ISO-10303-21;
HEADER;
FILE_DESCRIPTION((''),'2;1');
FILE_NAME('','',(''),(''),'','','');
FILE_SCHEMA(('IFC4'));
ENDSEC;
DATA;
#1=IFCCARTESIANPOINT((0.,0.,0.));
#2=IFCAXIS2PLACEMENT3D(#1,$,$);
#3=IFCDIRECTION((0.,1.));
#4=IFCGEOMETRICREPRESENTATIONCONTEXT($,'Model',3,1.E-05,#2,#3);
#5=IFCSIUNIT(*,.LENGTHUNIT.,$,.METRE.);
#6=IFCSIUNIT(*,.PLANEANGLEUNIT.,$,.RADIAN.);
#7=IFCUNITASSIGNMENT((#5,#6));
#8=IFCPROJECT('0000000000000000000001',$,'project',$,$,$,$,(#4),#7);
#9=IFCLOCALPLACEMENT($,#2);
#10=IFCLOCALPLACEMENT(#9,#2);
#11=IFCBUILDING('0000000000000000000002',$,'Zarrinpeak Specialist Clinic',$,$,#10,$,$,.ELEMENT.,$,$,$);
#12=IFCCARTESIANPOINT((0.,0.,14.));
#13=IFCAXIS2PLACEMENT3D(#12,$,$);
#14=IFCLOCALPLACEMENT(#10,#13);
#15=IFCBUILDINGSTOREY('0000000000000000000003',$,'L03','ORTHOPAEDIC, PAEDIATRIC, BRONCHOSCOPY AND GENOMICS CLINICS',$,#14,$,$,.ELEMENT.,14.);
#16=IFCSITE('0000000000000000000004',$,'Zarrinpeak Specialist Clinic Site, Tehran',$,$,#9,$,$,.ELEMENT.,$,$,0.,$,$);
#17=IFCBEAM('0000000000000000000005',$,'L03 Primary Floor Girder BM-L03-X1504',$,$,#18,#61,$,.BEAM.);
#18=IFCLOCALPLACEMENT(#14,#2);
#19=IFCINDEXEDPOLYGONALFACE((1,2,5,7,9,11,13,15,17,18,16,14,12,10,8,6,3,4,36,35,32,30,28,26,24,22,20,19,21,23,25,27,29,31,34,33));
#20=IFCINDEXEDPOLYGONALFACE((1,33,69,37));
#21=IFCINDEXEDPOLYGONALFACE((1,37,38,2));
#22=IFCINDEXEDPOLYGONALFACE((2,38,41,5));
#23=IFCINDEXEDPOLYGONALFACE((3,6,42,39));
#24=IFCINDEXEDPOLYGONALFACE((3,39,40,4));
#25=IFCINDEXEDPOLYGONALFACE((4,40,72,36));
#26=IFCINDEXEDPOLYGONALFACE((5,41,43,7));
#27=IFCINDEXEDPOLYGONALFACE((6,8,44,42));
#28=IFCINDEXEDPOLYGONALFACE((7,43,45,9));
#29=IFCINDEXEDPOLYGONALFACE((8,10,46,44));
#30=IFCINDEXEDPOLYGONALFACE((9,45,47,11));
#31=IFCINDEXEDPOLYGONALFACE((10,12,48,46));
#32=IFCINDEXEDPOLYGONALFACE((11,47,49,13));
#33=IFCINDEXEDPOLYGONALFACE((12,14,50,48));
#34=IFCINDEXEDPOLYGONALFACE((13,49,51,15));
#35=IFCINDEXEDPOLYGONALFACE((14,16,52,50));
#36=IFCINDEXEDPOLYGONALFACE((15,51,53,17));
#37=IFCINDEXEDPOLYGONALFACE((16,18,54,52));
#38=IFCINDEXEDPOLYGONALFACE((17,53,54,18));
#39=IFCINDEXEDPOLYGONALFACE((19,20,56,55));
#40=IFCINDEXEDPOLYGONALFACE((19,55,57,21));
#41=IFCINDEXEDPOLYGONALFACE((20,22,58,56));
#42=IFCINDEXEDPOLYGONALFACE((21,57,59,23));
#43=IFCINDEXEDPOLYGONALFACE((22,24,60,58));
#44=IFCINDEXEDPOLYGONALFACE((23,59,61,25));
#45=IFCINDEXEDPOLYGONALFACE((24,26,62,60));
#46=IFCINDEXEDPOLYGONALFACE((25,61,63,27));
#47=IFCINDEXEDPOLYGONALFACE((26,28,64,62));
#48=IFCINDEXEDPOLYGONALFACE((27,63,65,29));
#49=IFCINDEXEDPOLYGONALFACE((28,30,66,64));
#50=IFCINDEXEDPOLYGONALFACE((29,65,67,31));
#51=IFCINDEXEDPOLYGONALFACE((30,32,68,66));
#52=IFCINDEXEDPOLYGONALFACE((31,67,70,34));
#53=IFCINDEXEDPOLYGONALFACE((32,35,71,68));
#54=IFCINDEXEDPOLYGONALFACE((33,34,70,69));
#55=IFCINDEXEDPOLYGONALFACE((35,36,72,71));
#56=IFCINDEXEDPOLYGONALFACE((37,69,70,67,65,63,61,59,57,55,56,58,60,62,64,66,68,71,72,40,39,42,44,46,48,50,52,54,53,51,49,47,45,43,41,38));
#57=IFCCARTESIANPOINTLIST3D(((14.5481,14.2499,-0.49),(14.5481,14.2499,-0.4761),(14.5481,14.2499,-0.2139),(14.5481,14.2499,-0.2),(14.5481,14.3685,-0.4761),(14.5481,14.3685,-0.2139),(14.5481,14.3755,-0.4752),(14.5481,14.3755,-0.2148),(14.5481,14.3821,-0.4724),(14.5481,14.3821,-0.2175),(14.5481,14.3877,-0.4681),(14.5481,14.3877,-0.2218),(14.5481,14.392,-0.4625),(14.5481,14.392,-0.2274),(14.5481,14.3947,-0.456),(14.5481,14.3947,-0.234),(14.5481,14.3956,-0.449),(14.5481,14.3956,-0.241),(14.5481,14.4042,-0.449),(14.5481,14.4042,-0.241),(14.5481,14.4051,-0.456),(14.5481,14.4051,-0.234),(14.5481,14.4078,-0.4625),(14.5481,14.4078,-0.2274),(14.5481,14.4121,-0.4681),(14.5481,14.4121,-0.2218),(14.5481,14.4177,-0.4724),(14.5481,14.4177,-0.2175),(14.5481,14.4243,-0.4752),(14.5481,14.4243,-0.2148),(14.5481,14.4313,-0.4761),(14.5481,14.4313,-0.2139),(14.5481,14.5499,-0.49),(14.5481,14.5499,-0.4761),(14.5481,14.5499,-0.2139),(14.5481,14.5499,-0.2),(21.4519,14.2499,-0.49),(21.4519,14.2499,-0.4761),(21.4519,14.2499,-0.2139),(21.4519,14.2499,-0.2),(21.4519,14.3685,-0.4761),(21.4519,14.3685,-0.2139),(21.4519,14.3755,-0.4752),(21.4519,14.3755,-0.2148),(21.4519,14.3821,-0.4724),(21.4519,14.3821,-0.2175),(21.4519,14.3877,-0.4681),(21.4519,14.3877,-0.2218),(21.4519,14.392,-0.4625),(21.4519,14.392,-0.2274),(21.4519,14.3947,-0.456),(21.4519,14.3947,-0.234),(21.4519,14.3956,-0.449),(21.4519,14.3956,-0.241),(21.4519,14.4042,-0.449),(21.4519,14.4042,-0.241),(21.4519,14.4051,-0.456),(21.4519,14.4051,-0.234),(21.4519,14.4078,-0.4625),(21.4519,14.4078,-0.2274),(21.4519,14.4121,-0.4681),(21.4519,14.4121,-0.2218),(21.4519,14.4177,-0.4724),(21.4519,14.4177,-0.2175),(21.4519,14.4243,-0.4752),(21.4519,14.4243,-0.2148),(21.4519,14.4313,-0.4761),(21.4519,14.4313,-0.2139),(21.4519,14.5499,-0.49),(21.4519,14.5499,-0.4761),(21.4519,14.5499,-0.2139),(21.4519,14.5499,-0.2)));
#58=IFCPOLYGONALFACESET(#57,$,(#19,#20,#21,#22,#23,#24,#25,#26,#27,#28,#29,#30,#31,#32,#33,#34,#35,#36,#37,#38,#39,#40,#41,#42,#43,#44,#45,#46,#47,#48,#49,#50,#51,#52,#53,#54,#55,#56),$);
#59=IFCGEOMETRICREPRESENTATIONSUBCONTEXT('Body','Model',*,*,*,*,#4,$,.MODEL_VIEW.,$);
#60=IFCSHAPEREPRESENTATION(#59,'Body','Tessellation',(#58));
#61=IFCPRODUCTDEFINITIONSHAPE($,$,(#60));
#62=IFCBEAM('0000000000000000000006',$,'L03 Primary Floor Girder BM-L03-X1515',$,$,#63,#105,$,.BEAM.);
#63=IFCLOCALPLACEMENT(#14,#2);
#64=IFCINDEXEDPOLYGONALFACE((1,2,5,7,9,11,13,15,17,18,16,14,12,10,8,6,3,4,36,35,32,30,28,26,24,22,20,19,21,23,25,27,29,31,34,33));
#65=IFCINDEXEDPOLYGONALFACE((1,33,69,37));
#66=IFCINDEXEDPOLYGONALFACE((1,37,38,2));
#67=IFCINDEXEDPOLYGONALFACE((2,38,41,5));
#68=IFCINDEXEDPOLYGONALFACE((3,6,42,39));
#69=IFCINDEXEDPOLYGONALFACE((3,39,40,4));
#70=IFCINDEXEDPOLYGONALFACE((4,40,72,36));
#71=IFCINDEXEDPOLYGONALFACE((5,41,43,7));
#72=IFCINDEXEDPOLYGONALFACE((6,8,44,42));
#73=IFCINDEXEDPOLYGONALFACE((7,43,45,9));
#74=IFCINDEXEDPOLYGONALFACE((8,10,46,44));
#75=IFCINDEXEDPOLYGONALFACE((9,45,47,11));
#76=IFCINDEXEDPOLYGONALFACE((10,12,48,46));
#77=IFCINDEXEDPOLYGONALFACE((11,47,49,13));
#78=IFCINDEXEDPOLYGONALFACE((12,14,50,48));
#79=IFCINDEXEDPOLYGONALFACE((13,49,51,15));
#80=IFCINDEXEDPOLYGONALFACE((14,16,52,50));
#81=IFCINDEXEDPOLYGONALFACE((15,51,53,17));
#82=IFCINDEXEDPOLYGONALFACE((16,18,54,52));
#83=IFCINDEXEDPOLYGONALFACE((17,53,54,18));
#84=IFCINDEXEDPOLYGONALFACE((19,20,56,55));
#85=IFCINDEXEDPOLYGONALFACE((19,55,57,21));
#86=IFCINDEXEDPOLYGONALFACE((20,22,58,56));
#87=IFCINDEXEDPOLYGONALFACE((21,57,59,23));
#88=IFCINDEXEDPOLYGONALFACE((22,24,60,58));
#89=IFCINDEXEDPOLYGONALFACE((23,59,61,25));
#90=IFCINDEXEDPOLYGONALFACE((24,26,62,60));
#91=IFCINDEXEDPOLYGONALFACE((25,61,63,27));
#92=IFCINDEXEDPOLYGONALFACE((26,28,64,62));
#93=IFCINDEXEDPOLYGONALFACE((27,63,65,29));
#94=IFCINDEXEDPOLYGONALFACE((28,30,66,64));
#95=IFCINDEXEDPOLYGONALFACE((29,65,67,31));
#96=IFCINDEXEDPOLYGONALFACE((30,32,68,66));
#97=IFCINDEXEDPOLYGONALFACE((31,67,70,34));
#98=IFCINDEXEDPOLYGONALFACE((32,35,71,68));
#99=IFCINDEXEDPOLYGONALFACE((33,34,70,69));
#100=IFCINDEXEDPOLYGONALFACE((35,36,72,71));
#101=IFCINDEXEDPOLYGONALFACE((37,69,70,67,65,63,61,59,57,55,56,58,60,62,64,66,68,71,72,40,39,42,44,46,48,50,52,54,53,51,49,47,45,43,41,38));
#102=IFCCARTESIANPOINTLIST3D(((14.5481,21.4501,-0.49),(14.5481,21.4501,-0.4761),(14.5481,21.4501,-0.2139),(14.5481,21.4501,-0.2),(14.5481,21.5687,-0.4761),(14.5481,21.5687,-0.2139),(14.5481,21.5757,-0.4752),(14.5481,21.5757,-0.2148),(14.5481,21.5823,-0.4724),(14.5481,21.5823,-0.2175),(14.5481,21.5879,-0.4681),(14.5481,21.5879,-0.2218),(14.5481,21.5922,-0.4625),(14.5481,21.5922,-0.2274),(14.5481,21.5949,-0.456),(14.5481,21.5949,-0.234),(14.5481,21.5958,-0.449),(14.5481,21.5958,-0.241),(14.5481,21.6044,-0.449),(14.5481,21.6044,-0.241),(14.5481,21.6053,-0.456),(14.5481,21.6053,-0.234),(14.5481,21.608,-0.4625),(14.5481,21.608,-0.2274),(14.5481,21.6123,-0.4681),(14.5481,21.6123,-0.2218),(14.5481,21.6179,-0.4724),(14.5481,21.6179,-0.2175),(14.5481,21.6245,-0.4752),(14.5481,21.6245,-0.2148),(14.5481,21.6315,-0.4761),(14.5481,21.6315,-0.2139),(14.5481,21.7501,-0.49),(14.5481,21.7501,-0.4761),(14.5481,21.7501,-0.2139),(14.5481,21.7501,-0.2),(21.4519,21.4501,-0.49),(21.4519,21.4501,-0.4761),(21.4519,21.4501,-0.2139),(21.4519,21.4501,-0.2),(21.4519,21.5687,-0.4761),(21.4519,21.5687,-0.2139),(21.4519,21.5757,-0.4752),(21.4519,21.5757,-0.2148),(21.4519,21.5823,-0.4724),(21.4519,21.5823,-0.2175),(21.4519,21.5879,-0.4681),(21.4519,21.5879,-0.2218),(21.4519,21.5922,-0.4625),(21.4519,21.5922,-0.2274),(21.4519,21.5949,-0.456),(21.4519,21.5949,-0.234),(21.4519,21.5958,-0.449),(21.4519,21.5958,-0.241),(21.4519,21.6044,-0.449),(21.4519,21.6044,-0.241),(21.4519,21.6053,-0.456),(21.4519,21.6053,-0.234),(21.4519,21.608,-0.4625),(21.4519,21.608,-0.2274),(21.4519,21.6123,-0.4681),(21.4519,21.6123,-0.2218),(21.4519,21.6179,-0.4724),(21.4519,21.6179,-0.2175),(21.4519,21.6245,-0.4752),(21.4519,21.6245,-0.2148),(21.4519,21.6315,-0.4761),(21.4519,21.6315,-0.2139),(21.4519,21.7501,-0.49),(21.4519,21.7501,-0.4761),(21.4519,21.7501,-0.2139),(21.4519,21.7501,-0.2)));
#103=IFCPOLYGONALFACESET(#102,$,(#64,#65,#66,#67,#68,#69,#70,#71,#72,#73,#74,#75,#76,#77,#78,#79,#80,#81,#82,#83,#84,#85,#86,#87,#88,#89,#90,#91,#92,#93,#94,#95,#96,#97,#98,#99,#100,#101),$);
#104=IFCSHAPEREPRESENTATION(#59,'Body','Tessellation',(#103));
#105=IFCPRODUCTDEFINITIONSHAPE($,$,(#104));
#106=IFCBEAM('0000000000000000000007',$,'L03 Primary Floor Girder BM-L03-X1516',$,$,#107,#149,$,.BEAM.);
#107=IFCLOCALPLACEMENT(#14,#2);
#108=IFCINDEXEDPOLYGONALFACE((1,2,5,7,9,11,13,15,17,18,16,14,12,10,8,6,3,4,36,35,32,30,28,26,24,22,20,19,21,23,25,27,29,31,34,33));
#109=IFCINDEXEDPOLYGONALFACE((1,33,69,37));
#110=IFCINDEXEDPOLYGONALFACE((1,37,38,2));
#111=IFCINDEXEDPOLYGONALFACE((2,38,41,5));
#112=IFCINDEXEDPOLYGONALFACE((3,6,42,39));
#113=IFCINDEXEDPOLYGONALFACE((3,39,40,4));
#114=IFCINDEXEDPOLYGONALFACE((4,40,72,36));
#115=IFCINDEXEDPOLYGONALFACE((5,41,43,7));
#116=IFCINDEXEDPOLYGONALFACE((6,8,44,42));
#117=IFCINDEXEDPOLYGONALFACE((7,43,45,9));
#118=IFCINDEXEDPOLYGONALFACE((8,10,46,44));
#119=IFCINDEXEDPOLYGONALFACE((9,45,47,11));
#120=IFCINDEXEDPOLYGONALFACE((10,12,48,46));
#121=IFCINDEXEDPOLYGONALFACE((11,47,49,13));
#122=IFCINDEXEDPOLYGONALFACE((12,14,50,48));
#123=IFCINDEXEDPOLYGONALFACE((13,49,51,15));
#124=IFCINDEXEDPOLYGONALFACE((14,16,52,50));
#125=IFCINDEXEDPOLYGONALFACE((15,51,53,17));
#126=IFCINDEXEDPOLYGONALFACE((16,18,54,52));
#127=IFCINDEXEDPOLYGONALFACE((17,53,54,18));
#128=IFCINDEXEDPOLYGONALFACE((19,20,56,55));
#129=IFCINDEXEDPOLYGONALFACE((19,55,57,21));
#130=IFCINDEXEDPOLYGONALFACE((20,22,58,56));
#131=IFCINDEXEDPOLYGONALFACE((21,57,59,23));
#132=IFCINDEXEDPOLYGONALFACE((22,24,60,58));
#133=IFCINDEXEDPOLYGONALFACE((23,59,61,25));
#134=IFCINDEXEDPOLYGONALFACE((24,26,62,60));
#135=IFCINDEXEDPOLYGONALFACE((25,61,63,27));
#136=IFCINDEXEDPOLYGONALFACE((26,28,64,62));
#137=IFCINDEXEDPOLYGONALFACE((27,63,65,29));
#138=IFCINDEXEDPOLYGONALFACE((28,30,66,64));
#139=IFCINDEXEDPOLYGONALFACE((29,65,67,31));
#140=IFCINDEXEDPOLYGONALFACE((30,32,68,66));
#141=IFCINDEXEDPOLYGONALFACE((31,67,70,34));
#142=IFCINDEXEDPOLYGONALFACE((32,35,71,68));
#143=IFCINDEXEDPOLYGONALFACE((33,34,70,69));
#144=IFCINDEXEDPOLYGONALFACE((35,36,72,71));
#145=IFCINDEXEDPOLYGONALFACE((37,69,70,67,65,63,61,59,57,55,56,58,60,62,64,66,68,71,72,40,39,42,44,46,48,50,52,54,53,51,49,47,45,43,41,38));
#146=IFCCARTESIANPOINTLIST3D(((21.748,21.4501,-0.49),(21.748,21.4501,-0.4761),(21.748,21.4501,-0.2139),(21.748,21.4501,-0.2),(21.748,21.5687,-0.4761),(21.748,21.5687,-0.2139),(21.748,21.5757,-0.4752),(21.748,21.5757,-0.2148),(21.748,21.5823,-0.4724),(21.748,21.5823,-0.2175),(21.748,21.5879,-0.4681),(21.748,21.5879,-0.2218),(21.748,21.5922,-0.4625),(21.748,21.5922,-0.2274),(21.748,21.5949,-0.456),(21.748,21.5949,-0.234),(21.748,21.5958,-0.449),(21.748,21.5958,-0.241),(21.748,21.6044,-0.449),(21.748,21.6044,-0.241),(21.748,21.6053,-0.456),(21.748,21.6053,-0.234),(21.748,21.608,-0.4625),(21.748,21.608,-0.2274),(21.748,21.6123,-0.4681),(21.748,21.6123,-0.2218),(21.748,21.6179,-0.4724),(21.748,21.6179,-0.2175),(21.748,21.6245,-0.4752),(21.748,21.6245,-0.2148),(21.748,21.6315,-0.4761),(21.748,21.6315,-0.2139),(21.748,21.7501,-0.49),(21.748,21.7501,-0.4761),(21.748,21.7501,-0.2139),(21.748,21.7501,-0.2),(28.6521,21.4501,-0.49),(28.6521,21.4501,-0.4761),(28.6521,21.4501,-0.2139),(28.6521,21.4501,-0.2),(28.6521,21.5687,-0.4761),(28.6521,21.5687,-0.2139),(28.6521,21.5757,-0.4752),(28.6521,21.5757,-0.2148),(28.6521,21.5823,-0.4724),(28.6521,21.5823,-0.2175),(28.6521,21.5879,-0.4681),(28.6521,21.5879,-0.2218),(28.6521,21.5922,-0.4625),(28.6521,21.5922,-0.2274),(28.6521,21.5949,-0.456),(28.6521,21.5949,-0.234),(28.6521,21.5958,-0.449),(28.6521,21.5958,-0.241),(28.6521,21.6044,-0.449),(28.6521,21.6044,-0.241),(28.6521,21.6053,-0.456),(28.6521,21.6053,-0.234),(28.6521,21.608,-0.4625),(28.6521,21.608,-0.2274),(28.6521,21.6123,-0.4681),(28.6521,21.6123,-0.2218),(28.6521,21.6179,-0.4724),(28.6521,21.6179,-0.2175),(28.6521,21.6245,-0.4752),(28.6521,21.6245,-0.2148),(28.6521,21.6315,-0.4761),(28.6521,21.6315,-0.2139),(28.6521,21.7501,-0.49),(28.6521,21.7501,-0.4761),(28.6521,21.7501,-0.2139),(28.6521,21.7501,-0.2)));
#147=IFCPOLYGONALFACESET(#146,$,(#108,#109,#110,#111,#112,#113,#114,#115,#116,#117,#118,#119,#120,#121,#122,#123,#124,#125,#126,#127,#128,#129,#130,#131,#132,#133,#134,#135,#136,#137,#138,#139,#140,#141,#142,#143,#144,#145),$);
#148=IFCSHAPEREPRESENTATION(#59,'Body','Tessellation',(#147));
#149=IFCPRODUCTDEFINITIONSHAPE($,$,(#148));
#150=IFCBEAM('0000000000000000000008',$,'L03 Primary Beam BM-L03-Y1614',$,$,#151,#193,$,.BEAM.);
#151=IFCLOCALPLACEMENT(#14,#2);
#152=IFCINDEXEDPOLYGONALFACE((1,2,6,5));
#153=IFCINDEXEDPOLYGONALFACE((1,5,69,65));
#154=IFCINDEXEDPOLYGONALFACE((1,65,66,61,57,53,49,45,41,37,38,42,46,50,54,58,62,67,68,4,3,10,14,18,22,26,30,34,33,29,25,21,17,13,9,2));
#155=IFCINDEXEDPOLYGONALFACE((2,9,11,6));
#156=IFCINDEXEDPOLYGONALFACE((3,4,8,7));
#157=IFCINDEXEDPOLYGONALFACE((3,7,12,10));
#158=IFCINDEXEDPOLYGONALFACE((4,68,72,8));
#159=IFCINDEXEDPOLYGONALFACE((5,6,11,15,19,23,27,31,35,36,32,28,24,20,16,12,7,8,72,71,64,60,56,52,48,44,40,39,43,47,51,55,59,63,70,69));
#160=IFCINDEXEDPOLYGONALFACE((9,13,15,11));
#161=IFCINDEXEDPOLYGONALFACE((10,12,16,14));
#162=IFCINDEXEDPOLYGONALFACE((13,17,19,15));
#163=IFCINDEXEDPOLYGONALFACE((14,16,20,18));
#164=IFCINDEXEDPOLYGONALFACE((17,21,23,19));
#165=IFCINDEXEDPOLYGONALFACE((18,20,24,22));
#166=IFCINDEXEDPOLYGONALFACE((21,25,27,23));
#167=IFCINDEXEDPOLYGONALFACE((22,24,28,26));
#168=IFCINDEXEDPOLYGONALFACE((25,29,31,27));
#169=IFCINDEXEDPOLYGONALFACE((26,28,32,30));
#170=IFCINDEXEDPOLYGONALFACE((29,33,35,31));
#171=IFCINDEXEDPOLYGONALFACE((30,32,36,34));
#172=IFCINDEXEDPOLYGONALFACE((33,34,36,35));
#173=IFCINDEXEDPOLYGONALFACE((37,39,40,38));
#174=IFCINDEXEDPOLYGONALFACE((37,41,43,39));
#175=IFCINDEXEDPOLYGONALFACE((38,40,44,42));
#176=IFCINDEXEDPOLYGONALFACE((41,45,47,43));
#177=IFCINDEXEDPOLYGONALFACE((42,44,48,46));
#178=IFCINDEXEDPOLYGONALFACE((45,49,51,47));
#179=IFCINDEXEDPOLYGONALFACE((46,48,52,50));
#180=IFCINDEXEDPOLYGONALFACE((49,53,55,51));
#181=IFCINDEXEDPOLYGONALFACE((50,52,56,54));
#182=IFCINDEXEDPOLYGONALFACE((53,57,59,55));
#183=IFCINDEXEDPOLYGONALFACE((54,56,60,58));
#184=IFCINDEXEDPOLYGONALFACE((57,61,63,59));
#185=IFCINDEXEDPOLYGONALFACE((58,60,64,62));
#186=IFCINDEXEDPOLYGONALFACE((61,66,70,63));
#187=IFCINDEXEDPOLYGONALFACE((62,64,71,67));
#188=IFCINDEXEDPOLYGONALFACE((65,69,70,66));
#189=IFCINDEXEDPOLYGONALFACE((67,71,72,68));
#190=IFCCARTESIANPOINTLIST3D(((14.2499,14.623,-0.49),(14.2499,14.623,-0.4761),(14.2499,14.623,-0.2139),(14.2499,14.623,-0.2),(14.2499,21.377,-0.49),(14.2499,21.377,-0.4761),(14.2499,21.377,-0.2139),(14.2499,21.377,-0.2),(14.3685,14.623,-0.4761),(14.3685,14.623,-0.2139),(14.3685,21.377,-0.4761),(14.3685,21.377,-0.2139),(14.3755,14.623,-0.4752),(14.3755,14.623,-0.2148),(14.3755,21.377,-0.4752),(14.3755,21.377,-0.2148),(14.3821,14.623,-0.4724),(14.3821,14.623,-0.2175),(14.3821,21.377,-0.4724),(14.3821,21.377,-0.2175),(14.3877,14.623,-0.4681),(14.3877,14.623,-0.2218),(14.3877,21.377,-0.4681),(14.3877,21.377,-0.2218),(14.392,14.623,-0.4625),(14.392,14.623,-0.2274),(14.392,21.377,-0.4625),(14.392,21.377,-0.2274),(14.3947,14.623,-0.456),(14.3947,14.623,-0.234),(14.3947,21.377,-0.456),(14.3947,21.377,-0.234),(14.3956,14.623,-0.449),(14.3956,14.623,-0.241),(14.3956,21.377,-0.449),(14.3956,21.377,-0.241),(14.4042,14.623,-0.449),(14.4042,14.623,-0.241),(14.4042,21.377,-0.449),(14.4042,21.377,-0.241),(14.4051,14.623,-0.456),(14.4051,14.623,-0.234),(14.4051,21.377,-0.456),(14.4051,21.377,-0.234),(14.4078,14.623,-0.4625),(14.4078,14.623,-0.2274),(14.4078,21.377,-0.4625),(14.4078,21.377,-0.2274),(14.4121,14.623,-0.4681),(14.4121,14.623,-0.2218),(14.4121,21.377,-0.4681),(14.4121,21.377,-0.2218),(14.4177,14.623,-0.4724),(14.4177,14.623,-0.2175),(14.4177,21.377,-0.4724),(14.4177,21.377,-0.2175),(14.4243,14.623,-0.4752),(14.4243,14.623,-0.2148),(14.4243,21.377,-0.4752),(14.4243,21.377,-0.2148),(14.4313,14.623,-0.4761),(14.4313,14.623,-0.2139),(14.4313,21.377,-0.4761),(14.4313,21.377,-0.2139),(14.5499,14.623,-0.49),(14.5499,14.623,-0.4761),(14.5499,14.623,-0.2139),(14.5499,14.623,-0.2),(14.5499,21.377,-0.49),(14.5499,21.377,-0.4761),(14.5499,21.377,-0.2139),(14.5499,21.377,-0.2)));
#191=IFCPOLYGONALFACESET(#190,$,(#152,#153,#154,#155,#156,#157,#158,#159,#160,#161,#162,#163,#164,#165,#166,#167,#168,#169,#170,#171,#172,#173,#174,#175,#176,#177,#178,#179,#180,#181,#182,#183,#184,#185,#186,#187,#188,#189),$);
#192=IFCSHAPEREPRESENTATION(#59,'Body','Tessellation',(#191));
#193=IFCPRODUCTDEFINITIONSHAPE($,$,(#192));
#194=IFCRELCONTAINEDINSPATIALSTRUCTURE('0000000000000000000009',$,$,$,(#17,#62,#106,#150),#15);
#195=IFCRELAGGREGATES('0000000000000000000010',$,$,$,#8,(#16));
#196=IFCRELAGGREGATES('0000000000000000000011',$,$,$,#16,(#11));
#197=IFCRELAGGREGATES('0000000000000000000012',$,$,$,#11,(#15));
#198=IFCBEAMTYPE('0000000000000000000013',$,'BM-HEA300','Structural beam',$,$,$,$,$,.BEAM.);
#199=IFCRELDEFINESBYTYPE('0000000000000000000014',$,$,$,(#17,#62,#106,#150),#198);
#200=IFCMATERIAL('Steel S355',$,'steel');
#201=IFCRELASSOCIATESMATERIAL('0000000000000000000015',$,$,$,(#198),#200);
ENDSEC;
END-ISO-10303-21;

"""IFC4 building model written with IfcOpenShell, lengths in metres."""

from ifc_helpers import new_model, si_unit, direction, frame, origin, origin_2d, place, context, subcontext, project, spatial, i_section, extrude, material, material_profile, profile_set, type_object, element, save


model = new_model("IFC4")

# Units and contexts
model_context = context("Model", 3, precision=1e-05, world=origin(), true_north=direction((0.0, 1.0)))
body_context = subcontext(model_context, "Body", "Model", "MODEL_VIEW")
ifc_project = project(units=[si_unit("LENGTHUNIT", "METRE"), si_unit("PLANEANGLEUNIT", "RADIAN")], contexts=[model_context])

# Site, building, storey
site_placement = place(None, origin())
site = spatial("IfcSite", under=ifc_project, at=site_placement, Name="Zarrinpeak Specialist Clinic Site, Tehran", CompositionType="ELEMENT", RefElevation=0.0)
building_placement = place(site_placement, origin())
building = spatial("IfcBuilding", under=site, at=building_placement, Name="Zarrinpeak Specialist Clinic", CompositionType="ELEMENT")
storey_placement = place(building_placement, frame((0.0, 0.0, 14.0)))
storey = spatial("IfcBuildingStorey", under=building, at=storey_placement, Name="L03", Description="ORTHOPAEDIC, PAEDIATRIC, BRONCHOSCOPY AND GENOMICS CLINICS", CompositionType="ELEMENT", Elevation=14.0)

# Shared definitions
ifc_material_1 = material(Name="Steel S355", Category="steel")

# Beams
ifc_material_profile_1 = material_profile(ifc_material_1, i_section(OverallWidth=0.3, OverallDepth=0.29, WebThickness=0.0085, FlangeThickness=0.0139, FilletRadius=0.0271, at=origin_2d()), Name="HEA 300")
ifc_profile_set_1 = profile_set([ifc_material_profile_1], Name="Steel S355")
beam_type_1 = type_object("IfcBeamType", Name="BM-HEA300", Description="Structural beam", PredefinedType="BEAM", material=ifc_profile_set_1)
for number, where, z_axis, x_axis, name in (
    (1, (14.5481, 14.3999, -0.345), (1.0, 0.0, 0.0), (0.0, 1.0, 0.0), "L03 Primary Floor Girder BM-L03-X1504"),
    (2, (14.5481, 21.6001, -0.345), (1.0, 0.0, 0.0), (0.0, 1.0, 0.0), "L03 Primary Floor Girder BM-L03-X1515"),
):
    element("IfcBeam", number, at=place(storey_placement, frame(where, z_axis=z_axis, x_axis=x_axis)), inside=storey, type_object=beam_type_1, Name=name, PredefinedType="BEAM", context=body_context, shape_type="SweptSolid", body=[
        extrude(i_section(OverallWidth=0.3, OverallDepth=0.29, WebThickness=0.0085, FlangeThickness=0.0139, FilletRadius=0.0271, at=origin_2d()), origin(), (0.0, 0.0, 1.0), 6.9038),
    ])
beam_1_placement = place(storey_placement, frame((21.748, 21.6001, -0.345), z_axis=(1.0, 0.0, 0.0), x_axis=(0.0, 1.0, 0.0)))
element("IfcBeam", 3, at=beam_1_placement, inside=storey, type_object=beam_type_1, Name="L03 Primary Floor Girder BM-L03-X1516", PredefinedType="BEAM", context=body_context, shape_type="SweptSolid", body=[
    extrude(i_section(OverallWidth=0.3, OverallDepth=0.29, WebThickness=0.0085, FlangeThickness=0.0139, FilletRadius=0.0271, at=origin_2d()), origin(), (0.0, 0.0, 1.0), 6.9041),
])
for number, where, z_axis, x_axis, name in (
    (4, (14.3999, 14.623, -0.345), (0.0, 1.0, 0.0), (-1.0, 0.0, 0.0), "L03 Primary Beam BM-L03-Y1614"),
):
    element("IfcBeam", number, at=place(storey_placement, frame(where, z_axis=z_axis, x_axis=x_axis)), inside=storey, type_object=beam_type_1, Name=name, PredefinedType="BEAM", context=body_context, shape_type="SweptSolid", body=[
        extrude(i_section(OverallWidth=0.3, OverallDepth=0.29, WebThickness=0.0085, FlangeThickness=0.0139, FilletRadius=0.0271, at=origin_2d()), origin(), (0.0, 0.0, 1.0), 6.7539),
    ])

save(model, "model.ifc")
